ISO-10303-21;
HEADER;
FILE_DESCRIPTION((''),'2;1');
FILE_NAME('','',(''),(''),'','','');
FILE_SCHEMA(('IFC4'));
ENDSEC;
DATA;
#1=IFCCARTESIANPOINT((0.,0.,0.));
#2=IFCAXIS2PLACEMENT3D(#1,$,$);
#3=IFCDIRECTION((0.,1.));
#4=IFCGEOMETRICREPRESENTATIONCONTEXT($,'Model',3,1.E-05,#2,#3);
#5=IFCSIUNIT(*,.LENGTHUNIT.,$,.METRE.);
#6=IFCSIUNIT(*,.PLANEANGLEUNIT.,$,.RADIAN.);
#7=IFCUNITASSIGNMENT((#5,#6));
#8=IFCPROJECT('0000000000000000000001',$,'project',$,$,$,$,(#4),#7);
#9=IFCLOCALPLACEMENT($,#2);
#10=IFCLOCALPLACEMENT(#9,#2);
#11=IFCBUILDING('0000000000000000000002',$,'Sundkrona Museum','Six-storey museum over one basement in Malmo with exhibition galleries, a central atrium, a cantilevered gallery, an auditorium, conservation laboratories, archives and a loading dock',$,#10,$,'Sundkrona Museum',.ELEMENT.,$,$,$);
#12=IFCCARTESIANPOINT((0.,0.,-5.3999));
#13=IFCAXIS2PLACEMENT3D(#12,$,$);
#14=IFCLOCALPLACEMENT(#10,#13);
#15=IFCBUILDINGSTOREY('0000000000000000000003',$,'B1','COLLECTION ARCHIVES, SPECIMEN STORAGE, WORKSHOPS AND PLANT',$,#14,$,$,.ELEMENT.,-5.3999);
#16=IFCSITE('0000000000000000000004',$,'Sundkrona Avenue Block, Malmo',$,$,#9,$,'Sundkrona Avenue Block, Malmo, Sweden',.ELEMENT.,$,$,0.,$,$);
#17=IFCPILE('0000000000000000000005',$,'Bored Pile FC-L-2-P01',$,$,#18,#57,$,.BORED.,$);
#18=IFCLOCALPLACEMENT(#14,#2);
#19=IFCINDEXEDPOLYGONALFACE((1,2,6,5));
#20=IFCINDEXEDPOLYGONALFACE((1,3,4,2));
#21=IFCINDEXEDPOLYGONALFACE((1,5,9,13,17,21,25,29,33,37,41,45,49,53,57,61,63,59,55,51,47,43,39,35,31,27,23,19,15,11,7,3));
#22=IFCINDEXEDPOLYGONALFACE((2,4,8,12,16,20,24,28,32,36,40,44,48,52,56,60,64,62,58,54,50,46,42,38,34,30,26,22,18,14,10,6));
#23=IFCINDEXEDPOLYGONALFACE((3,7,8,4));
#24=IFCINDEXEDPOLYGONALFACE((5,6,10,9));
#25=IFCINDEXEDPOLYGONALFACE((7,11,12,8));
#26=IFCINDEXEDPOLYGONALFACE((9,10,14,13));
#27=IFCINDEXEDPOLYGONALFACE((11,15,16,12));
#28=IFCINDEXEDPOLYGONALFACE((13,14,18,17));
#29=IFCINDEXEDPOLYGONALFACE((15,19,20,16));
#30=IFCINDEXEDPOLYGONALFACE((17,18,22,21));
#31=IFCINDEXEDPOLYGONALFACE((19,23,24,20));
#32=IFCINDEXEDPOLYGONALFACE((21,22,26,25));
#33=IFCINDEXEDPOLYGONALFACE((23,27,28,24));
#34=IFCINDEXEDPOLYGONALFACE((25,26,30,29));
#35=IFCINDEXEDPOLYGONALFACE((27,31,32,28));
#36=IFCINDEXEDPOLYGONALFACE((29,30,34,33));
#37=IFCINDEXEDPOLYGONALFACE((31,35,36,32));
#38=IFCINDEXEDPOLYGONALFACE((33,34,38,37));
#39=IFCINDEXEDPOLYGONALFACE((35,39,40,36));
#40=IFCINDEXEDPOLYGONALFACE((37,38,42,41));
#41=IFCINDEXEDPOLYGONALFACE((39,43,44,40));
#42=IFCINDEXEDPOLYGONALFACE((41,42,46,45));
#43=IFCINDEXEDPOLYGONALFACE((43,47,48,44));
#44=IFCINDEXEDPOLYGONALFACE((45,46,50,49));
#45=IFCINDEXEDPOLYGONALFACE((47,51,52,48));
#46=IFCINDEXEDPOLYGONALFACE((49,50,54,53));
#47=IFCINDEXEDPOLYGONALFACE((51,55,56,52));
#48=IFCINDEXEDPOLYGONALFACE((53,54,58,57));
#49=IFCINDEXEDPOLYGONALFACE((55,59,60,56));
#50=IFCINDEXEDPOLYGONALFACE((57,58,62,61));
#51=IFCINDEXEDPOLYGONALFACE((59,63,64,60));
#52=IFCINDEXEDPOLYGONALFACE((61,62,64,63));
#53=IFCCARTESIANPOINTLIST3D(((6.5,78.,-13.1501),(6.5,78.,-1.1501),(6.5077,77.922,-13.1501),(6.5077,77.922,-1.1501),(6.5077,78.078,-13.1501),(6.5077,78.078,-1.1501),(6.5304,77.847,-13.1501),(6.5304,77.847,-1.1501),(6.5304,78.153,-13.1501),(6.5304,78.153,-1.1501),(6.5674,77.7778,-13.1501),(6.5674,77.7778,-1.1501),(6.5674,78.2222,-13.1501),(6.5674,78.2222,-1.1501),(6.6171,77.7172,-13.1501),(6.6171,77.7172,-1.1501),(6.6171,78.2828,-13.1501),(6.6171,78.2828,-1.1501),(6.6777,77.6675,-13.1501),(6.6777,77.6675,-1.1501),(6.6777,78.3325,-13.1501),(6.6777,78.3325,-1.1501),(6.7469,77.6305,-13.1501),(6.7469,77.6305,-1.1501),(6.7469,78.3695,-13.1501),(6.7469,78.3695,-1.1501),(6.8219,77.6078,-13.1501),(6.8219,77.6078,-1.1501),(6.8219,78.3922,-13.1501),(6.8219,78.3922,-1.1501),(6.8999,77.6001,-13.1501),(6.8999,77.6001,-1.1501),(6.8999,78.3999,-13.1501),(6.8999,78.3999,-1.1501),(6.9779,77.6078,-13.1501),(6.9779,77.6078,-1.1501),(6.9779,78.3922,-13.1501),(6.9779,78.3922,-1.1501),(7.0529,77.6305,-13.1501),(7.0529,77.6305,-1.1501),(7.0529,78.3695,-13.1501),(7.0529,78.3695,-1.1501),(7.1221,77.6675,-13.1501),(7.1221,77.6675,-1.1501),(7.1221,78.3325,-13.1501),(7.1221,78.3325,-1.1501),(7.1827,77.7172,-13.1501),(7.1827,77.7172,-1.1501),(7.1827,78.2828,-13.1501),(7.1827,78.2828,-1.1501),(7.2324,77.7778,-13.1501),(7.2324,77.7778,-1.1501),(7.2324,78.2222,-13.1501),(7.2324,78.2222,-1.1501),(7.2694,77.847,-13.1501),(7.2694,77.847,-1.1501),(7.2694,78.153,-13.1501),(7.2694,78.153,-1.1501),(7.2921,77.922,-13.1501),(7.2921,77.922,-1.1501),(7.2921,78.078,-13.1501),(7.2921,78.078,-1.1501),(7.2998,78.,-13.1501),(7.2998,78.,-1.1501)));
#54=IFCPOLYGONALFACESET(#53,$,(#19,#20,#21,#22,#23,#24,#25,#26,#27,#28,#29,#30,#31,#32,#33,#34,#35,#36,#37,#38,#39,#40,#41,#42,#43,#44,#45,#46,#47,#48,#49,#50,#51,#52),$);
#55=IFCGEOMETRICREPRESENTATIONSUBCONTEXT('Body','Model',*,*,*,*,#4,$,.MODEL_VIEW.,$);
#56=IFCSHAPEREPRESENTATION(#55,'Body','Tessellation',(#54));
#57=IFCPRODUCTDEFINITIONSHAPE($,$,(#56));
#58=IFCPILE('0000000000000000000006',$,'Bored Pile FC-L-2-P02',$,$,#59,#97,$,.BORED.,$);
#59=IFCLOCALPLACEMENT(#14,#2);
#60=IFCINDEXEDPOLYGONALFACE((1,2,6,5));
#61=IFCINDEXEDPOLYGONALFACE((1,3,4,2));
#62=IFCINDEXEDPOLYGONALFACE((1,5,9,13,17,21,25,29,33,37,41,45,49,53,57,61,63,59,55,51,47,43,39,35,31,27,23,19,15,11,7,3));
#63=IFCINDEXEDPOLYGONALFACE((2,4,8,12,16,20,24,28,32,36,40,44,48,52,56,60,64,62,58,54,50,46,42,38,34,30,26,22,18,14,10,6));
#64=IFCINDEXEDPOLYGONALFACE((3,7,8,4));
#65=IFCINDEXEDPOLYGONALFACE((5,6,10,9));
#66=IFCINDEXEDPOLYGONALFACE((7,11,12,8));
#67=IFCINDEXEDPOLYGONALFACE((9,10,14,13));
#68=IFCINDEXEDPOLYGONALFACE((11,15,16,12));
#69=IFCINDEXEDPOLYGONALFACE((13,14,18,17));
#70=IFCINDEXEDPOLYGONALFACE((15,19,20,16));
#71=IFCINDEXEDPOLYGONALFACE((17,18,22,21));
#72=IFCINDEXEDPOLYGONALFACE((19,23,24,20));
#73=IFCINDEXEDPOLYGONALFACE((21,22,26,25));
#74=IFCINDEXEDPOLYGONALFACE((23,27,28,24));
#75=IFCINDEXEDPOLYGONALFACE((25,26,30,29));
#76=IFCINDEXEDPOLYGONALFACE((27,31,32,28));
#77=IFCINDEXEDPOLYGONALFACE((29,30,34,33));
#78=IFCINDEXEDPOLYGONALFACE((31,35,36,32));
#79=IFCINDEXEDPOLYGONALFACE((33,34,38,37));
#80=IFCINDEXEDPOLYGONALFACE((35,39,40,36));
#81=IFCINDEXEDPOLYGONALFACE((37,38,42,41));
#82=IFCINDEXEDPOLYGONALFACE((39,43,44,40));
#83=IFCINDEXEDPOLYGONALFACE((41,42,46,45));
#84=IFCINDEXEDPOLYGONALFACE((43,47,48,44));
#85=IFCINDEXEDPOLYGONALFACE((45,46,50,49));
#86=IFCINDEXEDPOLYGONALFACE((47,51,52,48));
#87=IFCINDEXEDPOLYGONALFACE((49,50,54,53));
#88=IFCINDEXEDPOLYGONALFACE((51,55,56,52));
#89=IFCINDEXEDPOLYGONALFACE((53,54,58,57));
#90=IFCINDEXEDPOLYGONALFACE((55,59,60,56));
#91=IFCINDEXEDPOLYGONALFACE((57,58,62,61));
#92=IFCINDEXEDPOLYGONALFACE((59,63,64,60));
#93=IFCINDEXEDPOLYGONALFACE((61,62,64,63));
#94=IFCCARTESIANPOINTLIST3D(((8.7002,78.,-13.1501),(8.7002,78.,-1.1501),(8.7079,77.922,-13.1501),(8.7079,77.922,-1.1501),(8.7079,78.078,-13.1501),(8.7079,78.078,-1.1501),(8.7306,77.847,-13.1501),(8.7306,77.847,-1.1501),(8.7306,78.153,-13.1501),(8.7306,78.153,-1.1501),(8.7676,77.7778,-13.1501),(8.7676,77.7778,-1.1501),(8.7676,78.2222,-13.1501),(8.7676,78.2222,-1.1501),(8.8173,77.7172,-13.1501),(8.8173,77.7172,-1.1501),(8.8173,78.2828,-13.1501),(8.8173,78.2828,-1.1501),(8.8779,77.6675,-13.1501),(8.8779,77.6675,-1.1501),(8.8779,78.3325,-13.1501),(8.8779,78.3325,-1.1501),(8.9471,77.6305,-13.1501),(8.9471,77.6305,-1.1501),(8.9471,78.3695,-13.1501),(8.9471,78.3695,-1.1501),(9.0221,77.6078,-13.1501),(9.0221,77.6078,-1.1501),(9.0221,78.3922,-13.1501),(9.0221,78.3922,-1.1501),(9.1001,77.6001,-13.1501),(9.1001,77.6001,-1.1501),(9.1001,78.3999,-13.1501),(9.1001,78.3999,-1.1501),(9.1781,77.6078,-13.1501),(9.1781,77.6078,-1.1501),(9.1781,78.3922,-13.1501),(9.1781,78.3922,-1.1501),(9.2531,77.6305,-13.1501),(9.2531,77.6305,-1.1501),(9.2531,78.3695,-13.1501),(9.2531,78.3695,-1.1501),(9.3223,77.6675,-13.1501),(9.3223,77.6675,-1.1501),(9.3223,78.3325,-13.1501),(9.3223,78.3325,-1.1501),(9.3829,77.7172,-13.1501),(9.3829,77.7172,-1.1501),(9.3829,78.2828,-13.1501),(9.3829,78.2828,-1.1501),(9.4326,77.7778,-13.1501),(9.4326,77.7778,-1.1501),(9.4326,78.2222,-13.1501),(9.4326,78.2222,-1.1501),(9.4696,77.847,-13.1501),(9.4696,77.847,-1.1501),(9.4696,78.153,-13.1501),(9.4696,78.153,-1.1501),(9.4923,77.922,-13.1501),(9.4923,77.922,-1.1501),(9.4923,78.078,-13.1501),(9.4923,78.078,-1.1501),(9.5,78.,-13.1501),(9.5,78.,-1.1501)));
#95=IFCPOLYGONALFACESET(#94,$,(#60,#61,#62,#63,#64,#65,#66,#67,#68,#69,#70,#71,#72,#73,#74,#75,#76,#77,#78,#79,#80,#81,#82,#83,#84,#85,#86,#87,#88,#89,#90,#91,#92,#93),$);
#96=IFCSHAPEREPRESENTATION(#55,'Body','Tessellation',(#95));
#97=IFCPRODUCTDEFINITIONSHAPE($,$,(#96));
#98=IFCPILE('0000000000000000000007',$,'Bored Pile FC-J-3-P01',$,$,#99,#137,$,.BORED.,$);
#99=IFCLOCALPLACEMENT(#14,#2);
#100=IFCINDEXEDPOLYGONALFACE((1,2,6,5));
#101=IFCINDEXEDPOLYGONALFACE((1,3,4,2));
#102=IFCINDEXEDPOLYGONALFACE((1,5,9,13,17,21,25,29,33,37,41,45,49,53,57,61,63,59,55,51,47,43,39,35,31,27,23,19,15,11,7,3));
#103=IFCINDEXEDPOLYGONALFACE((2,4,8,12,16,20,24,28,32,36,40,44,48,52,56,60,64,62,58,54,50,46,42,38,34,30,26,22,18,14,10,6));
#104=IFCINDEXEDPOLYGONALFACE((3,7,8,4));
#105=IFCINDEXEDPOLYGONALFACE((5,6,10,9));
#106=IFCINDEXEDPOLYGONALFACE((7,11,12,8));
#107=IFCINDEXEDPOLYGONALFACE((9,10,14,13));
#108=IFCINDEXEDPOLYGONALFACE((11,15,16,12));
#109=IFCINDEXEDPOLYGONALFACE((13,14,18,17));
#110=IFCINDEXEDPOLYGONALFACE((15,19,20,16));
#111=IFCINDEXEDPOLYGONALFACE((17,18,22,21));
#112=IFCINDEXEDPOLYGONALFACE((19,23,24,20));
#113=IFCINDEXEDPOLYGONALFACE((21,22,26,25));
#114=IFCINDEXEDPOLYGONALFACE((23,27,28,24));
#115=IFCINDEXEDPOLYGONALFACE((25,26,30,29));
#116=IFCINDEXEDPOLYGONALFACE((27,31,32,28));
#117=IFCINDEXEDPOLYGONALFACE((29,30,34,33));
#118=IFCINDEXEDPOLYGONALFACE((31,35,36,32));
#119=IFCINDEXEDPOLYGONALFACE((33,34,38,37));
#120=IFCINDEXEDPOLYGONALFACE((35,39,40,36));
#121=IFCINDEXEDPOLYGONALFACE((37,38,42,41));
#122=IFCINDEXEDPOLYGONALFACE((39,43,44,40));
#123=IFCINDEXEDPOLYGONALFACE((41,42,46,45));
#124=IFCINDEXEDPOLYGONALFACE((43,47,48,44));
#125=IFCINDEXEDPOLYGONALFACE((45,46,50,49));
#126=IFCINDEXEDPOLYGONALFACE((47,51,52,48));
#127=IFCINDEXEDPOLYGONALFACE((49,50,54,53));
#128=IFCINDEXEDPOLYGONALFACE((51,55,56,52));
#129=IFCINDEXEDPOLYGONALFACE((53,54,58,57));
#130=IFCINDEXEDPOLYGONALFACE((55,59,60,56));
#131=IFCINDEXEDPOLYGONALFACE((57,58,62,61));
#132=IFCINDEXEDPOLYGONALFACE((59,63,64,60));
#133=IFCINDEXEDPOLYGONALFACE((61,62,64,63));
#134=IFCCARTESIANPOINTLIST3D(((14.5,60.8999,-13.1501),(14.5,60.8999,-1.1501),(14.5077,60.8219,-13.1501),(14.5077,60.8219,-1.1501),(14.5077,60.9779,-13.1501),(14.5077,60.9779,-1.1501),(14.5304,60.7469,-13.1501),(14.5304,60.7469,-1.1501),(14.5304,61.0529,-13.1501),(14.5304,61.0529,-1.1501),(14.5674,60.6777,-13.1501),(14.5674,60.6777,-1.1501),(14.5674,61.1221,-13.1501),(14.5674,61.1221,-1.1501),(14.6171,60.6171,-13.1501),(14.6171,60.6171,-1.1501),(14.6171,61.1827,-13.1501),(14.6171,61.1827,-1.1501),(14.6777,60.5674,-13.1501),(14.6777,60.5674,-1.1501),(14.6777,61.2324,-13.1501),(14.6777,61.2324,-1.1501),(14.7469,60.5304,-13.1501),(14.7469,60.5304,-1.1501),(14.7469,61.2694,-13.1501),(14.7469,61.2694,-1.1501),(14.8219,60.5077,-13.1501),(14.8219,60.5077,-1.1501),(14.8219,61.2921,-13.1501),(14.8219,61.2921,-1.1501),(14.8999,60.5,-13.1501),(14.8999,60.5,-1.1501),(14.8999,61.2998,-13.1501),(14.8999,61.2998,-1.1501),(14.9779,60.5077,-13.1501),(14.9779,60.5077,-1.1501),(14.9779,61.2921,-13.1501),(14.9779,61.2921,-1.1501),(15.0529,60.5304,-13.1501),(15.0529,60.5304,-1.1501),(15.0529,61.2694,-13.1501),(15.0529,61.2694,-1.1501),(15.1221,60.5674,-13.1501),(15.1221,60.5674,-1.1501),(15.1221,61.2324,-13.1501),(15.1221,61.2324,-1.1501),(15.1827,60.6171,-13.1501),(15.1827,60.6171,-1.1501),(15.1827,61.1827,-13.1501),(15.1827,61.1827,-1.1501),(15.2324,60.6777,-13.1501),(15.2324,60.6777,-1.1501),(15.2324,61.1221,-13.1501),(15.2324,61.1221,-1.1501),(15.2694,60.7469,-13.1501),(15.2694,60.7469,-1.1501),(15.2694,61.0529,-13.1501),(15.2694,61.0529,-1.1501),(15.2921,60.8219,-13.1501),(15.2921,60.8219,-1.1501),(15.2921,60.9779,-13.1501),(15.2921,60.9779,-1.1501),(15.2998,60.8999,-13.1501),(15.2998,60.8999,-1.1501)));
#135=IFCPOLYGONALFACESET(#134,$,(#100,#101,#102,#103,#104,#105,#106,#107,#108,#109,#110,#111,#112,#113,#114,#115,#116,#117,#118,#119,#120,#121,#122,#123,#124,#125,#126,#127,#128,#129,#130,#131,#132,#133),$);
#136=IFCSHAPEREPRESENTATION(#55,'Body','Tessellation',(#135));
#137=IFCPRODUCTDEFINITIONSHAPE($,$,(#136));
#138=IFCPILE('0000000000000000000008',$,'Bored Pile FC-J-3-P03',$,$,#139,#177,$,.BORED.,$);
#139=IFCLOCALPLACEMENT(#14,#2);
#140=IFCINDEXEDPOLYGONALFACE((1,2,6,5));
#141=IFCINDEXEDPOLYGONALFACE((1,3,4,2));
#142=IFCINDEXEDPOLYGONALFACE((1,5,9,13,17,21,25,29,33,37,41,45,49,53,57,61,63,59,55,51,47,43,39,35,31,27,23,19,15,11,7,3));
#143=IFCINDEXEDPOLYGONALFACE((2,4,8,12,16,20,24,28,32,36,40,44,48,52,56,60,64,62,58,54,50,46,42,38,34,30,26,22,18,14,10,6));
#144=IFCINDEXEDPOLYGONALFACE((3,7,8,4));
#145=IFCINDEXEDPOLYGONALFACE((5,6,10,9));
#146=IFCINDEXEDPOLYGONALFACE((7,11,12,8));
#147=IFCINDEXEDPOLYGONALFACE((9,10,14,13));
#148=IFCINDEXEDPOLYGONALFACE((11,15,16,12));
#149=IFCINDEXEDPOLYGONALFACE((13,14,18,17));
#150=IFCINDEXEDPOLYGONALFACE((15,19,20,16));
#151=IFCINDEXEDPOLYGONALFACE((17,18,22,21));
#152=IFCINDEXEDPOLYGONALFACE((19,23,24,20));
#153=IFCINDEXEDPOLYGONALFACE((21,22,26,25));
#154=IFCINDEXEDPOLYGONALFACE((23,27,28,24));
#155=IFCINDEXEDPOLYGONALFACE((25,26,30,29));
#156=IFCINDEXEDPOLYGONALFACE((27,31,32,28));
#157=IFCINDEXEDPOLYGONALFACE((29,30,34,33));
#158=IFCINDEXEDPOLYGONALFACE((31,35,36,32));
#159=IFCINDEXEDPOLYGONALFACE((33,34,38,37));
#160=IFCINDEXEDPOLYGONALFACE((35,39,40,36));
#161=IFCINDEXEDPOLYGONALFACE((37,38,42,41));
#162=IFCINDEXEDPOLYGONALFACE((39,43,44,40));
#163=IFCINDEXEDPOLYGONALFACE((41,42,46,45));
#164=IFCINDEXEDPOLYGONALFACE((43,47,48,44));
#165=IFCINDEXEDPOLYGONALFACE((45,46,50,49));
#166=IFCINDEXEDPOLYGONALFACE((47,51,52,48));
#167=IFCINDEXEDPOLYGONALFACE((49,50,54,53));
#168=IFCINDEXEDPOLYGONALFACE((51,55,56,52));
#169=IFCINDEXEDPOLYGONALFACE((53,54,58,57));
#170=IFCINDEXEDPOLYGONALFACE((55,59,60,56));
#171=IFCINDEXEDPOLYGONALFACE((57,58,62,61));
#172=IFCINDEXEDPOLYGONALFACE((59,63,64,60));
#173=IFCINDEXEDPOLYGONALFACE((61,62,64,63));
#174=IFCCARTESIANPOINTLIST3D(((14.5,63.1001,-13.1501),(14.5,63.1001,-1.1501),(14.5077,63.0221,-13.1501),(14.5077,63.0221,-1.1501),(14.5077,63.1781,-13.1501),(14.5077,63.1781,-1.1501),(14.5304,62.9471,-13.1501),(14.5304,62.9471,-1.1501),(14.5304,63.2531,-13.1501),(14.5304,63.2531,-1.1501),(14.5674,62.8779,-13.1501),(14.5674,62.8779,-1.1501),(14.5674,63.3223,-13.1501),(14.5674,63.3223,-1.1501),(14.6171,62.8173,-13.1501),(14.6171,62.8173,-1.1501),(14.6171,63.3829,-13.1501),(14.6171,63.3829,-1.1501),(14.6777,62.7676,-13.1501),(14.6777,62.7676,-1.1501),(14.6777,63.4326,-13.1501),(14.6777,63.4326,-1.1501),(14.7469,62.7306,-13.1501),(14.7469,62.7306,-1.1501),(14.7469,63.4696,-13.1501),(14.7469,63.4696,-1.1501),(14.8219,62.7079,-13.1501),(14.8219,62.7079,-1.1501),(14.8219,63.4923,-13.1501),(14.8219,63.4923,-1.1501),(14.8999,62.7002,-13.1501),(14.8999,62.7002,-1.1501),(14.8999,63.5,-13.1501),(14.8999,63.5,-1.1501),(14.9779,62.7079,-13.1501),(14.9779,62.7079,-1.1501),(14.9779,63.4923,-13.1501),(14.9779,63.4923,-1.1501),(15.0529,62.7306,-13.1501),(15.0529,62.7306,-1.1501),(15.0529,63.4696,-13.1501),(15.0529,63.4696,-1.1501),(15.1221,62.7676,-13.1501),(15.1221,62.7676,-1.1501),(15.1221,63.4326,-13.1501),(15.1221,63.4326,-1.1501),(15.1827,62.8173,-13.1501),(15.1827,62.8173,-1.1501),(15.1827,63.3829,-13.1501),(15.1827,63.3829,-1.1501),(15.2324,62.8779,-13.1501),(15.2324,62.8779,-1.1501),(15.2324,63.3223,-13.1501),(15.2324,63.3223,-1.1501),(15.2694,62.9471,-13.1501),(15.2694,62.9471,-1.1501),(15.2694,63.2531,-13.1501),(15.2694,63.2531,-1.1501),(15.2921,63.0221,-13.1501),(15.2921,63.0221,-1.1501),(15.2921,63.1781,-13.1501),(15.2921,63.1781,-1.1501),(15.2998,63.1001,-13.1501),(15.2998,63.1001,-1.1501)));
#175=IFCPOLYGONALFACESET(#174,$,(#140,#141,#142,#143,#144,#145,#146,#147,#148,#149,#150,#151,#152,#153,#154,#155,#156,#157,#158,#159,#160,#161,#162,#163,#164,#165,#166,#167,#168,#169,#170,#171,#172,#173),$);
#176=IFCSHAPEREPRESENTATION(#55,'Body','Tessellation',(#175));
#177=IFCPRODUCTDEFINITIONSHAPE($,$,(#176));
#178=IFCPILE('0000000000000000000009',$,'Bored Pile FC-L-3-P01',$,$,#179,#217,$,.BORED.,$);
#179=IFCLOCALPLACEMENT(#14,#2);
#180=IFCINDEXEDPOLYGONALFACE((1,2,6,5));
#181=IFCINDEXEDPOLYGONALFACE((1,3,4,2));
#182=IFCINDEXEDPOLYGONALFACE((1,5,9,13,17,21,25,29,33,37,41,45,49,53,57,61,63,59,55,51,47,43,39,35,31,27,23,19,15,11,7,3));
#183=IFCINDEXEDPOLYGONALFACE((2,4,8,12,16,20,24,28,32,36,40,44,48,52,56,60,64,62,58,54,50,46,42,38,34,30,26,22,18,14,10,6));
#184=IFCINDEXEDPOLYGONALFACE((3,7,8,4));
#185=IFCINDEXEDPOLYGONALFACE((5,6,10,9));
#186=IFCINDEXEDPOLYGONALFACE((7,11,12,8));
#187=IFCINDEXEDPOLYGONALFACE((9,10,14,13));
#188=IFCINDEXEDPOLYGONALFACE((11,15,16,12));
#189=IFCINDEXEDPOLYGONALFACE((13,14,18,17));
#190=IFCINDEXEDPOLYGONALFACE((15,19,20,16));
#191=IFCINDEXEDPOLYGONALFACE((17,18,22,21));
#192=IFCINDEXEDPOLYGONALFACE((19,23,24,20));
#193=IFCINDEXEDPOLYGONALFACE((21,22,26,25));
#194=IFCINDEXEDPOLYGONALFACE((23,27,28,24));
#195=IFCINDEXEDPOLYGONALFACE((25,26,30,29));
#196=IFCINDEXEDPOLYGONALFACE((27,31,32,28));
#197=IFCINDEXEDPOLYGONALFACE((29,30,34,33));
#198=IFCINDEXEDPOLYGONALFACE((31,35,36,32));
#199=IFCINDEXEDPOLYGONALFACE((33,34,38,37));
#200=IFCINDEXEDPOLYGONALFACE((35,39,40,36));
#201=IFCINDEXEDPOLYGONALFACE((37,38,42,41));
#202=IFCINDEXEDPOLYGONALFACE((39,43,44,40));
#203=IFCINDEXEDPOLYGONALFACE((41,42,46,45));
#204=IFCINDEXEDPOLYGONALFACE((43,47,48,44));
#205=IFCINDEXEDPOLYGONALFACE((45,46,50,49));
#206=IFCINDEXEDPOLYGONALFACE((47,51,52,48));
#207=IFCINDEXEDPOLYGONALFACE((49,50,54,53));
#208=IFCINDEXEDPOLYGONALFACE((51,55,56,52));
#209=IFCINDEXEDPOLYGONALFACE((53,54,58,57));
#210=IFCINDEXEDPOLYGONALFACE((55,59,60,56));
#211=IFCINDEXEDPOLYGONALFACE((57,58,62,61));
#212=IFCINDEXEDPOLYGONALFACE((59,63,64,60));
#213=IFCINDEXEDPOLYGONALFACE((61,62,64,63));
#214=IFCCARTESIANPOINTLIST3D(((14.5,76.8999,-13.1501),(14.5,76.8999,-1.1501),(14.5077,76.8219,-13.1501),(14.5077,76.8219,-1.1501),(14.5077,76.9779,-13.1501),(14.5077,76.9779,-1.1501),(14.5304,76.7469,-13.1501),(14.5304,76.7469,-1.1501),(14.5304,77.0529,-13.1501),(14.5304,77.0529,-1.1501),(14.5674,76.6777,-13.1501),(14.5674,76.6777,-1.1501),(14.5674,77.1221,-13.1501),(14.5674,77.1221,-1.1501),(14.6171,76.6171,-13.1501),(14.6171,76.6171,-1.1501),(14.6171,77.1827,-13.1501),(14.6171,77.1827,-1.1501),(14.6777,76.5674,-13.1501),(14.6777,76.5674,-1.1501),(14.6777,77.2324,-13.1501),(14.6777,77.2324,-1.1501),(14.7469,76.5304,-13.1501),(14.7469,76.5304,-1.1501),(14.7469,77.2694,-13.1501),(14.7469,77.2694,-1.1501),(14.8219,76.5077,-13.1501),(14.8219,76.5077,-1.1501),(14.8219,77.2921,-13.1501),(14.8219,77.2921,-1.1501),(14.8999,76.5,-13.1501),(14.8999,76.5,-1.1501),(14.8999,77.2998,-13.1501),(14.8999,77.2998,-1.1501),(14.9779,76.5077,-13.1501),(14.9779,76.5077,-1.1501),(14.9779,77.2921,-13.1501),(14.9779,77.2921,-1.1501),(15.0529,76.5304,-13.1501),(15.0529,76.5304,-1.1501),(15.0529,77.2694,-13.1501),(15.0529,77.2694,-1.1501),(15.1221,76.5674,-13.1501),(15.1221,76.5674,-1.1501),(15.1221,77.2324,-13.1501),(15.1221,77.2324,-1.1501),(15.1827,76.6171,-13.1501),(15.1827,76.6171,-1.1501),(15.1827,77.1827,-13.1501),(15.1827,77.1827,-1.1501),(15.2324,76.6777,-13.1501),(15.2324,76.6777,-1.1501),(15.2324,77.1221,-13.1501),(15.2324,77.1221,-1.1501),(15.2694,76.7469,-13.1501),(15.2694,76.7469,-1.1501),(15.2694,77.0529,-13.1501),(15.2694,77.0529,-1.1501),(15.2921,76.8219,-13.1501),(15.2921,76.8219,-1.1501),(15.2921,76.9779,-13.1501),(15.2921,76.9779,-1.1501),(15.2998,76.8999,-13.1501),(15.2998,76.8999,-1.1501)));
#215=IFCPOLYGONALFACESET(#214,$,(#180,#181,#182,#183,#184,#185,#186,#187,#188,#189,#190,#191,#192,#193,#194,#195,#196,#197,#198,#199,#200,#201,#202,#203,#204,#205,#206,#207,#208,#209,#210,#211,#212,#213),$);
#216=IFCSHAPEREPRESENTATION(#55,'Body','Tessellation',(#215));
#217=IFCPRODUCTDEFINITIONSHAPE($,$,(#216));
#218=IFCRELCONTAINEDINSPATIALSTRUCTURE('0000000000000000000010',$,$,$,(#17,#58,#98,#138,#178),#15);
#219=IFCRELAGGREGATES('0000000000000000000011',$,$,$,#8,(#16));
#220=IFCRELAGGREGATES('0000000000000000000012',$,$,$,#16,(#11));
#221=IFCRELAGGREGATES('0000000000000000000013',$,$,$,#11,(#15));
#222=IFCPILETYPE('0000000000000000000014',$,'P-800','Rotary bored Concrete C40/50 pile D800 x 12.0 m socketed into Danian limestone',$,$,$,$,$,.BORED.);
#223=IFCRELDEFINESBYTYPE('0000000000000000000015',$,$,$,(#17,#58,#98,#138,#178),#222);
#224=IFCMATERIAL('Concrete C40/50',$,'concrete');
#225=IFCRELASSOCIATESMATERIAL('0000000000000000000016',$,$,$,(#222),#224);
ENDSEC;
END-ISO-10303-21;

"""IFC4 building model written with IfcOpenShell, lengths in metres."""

from ifc_helpers import new_model, si_unit, direction, frame, origin, origin_2d, place, context, subcontext, project, spatial, circle, extrude, material, material_profile, profile_set, type_object, element, save


model = new_model("IFC4")

# Units and contexts
model_context = context("Model", 3, precision=1e-05, world=origin(), true_north=direction((0.0, 1.0)))
body_context = subcontext(model_context, "Body", "Model", "MODEL_VIEW")
ifc_project = project(units=[si_unit("LENGTHUNIT", "METRE"), si_unit("PLANEANGLEUNIT", "RADIAN")], contexts=[model_context])

# Site, building, storey
site_placement = place(None, origin())
site = spatial("IfcSite", under=ifc_project, at=site_placement, Name="Sundkrona Avenue Block, Malmo", LongName="Sundkrona Avenue Block, Malmo, Sweden", CompositionType="ELEMENT", RefElevation=0.0)
building_placement = place(site_placement, origin())
building = spatial("IfcBuilding", under=site, at=building_placement, Name="Sundkrona Museum", Description="Six-storey museum over one basement in Malmo with exhibition galleries, a central atrium, a cantilevered gallery, an auditorium, conservation laboratories, archives and a loading dock", LongName="Sundkrona Museum", CompositionType="ELEMENT")
storey_placement = place(building_placement, frame((0.0, 0.0, -5.3999)))
storey = spatial("IfcBuildingStorey", under=building, at=storey_placement, Name="B1", Description="COLLECTION ARCHIVES, SPECIMEN STORAGE, WORKSHOPS AND PLANT", CompositionType="ELEMENT", Elevation=-5.3999)

# Shared definitions
ifc_material_1 = material(Name="Concrete C40/50", Category="concrete")

# Piles
ifc_material_profile_1 = material_profile(ifc_material_1, circle(Radius=0.3999, at=origin_2d()), Name="PILE D800")
ifc_profile_set_1 = profile_set([ifc_material_profile_1], Name="Concrete C40/50")
pile_type_1 = type_object("IfcPileType", Name="P-800", Description="Rotary bored Concrete C40/50 pile D800 x 12.0 m socketed into Danian limestone", PredefinedType="BORED", material=ifc_profile_set_1)
for number, where, z_axis, x_axis, name in (
    (1, (6.8999, 78.0, -1.1501), (0.0, 0.0, -1.0), (1.0, 0.0, 0.0), "Bored Pile FC-L-2-P01"),
    (2, (9.1001, 78.0, -1.1501), (0.0, 0.0, -1.0), (1.0, 0.0, 0.0), "Bored Pile FC-L-2-P02"),
    (3, (14.8999, 60.8999, -1.1501), (0.0, 0.0, -1.0), (1.0, 0.0, 0.0), "Bored Pile FC-J-3-P01"),
    (4, (14.8999, 63.1001, -1.1501), (0.0, 0.0, -1.0), (1.0, 0.0, 0.0), "Bored Pile FC-J-3-P03"),
    (5, (14.8999, 76.8999, -1.1501), (0.0, 0.0, -1.0), (1.0, 0.0, 0.0), "Bored Pile FC-L-3-P01"),
):
    element("IfcPile", number, at=place(storey_placement, frame(where, z_axis=z_axis, x_axis=x_axis)), inside=storey, type_object=pile_type_1, Name=name, PredefinedType="BORED", context=body_context, shape_type="SweptSolid", body=[
        extrude(circle(Radius=0.3999, at=origin_2d()), origin(), (0.0, 0.0, 1.0), 12.0),
    ])

save(model, "model.ifc")
